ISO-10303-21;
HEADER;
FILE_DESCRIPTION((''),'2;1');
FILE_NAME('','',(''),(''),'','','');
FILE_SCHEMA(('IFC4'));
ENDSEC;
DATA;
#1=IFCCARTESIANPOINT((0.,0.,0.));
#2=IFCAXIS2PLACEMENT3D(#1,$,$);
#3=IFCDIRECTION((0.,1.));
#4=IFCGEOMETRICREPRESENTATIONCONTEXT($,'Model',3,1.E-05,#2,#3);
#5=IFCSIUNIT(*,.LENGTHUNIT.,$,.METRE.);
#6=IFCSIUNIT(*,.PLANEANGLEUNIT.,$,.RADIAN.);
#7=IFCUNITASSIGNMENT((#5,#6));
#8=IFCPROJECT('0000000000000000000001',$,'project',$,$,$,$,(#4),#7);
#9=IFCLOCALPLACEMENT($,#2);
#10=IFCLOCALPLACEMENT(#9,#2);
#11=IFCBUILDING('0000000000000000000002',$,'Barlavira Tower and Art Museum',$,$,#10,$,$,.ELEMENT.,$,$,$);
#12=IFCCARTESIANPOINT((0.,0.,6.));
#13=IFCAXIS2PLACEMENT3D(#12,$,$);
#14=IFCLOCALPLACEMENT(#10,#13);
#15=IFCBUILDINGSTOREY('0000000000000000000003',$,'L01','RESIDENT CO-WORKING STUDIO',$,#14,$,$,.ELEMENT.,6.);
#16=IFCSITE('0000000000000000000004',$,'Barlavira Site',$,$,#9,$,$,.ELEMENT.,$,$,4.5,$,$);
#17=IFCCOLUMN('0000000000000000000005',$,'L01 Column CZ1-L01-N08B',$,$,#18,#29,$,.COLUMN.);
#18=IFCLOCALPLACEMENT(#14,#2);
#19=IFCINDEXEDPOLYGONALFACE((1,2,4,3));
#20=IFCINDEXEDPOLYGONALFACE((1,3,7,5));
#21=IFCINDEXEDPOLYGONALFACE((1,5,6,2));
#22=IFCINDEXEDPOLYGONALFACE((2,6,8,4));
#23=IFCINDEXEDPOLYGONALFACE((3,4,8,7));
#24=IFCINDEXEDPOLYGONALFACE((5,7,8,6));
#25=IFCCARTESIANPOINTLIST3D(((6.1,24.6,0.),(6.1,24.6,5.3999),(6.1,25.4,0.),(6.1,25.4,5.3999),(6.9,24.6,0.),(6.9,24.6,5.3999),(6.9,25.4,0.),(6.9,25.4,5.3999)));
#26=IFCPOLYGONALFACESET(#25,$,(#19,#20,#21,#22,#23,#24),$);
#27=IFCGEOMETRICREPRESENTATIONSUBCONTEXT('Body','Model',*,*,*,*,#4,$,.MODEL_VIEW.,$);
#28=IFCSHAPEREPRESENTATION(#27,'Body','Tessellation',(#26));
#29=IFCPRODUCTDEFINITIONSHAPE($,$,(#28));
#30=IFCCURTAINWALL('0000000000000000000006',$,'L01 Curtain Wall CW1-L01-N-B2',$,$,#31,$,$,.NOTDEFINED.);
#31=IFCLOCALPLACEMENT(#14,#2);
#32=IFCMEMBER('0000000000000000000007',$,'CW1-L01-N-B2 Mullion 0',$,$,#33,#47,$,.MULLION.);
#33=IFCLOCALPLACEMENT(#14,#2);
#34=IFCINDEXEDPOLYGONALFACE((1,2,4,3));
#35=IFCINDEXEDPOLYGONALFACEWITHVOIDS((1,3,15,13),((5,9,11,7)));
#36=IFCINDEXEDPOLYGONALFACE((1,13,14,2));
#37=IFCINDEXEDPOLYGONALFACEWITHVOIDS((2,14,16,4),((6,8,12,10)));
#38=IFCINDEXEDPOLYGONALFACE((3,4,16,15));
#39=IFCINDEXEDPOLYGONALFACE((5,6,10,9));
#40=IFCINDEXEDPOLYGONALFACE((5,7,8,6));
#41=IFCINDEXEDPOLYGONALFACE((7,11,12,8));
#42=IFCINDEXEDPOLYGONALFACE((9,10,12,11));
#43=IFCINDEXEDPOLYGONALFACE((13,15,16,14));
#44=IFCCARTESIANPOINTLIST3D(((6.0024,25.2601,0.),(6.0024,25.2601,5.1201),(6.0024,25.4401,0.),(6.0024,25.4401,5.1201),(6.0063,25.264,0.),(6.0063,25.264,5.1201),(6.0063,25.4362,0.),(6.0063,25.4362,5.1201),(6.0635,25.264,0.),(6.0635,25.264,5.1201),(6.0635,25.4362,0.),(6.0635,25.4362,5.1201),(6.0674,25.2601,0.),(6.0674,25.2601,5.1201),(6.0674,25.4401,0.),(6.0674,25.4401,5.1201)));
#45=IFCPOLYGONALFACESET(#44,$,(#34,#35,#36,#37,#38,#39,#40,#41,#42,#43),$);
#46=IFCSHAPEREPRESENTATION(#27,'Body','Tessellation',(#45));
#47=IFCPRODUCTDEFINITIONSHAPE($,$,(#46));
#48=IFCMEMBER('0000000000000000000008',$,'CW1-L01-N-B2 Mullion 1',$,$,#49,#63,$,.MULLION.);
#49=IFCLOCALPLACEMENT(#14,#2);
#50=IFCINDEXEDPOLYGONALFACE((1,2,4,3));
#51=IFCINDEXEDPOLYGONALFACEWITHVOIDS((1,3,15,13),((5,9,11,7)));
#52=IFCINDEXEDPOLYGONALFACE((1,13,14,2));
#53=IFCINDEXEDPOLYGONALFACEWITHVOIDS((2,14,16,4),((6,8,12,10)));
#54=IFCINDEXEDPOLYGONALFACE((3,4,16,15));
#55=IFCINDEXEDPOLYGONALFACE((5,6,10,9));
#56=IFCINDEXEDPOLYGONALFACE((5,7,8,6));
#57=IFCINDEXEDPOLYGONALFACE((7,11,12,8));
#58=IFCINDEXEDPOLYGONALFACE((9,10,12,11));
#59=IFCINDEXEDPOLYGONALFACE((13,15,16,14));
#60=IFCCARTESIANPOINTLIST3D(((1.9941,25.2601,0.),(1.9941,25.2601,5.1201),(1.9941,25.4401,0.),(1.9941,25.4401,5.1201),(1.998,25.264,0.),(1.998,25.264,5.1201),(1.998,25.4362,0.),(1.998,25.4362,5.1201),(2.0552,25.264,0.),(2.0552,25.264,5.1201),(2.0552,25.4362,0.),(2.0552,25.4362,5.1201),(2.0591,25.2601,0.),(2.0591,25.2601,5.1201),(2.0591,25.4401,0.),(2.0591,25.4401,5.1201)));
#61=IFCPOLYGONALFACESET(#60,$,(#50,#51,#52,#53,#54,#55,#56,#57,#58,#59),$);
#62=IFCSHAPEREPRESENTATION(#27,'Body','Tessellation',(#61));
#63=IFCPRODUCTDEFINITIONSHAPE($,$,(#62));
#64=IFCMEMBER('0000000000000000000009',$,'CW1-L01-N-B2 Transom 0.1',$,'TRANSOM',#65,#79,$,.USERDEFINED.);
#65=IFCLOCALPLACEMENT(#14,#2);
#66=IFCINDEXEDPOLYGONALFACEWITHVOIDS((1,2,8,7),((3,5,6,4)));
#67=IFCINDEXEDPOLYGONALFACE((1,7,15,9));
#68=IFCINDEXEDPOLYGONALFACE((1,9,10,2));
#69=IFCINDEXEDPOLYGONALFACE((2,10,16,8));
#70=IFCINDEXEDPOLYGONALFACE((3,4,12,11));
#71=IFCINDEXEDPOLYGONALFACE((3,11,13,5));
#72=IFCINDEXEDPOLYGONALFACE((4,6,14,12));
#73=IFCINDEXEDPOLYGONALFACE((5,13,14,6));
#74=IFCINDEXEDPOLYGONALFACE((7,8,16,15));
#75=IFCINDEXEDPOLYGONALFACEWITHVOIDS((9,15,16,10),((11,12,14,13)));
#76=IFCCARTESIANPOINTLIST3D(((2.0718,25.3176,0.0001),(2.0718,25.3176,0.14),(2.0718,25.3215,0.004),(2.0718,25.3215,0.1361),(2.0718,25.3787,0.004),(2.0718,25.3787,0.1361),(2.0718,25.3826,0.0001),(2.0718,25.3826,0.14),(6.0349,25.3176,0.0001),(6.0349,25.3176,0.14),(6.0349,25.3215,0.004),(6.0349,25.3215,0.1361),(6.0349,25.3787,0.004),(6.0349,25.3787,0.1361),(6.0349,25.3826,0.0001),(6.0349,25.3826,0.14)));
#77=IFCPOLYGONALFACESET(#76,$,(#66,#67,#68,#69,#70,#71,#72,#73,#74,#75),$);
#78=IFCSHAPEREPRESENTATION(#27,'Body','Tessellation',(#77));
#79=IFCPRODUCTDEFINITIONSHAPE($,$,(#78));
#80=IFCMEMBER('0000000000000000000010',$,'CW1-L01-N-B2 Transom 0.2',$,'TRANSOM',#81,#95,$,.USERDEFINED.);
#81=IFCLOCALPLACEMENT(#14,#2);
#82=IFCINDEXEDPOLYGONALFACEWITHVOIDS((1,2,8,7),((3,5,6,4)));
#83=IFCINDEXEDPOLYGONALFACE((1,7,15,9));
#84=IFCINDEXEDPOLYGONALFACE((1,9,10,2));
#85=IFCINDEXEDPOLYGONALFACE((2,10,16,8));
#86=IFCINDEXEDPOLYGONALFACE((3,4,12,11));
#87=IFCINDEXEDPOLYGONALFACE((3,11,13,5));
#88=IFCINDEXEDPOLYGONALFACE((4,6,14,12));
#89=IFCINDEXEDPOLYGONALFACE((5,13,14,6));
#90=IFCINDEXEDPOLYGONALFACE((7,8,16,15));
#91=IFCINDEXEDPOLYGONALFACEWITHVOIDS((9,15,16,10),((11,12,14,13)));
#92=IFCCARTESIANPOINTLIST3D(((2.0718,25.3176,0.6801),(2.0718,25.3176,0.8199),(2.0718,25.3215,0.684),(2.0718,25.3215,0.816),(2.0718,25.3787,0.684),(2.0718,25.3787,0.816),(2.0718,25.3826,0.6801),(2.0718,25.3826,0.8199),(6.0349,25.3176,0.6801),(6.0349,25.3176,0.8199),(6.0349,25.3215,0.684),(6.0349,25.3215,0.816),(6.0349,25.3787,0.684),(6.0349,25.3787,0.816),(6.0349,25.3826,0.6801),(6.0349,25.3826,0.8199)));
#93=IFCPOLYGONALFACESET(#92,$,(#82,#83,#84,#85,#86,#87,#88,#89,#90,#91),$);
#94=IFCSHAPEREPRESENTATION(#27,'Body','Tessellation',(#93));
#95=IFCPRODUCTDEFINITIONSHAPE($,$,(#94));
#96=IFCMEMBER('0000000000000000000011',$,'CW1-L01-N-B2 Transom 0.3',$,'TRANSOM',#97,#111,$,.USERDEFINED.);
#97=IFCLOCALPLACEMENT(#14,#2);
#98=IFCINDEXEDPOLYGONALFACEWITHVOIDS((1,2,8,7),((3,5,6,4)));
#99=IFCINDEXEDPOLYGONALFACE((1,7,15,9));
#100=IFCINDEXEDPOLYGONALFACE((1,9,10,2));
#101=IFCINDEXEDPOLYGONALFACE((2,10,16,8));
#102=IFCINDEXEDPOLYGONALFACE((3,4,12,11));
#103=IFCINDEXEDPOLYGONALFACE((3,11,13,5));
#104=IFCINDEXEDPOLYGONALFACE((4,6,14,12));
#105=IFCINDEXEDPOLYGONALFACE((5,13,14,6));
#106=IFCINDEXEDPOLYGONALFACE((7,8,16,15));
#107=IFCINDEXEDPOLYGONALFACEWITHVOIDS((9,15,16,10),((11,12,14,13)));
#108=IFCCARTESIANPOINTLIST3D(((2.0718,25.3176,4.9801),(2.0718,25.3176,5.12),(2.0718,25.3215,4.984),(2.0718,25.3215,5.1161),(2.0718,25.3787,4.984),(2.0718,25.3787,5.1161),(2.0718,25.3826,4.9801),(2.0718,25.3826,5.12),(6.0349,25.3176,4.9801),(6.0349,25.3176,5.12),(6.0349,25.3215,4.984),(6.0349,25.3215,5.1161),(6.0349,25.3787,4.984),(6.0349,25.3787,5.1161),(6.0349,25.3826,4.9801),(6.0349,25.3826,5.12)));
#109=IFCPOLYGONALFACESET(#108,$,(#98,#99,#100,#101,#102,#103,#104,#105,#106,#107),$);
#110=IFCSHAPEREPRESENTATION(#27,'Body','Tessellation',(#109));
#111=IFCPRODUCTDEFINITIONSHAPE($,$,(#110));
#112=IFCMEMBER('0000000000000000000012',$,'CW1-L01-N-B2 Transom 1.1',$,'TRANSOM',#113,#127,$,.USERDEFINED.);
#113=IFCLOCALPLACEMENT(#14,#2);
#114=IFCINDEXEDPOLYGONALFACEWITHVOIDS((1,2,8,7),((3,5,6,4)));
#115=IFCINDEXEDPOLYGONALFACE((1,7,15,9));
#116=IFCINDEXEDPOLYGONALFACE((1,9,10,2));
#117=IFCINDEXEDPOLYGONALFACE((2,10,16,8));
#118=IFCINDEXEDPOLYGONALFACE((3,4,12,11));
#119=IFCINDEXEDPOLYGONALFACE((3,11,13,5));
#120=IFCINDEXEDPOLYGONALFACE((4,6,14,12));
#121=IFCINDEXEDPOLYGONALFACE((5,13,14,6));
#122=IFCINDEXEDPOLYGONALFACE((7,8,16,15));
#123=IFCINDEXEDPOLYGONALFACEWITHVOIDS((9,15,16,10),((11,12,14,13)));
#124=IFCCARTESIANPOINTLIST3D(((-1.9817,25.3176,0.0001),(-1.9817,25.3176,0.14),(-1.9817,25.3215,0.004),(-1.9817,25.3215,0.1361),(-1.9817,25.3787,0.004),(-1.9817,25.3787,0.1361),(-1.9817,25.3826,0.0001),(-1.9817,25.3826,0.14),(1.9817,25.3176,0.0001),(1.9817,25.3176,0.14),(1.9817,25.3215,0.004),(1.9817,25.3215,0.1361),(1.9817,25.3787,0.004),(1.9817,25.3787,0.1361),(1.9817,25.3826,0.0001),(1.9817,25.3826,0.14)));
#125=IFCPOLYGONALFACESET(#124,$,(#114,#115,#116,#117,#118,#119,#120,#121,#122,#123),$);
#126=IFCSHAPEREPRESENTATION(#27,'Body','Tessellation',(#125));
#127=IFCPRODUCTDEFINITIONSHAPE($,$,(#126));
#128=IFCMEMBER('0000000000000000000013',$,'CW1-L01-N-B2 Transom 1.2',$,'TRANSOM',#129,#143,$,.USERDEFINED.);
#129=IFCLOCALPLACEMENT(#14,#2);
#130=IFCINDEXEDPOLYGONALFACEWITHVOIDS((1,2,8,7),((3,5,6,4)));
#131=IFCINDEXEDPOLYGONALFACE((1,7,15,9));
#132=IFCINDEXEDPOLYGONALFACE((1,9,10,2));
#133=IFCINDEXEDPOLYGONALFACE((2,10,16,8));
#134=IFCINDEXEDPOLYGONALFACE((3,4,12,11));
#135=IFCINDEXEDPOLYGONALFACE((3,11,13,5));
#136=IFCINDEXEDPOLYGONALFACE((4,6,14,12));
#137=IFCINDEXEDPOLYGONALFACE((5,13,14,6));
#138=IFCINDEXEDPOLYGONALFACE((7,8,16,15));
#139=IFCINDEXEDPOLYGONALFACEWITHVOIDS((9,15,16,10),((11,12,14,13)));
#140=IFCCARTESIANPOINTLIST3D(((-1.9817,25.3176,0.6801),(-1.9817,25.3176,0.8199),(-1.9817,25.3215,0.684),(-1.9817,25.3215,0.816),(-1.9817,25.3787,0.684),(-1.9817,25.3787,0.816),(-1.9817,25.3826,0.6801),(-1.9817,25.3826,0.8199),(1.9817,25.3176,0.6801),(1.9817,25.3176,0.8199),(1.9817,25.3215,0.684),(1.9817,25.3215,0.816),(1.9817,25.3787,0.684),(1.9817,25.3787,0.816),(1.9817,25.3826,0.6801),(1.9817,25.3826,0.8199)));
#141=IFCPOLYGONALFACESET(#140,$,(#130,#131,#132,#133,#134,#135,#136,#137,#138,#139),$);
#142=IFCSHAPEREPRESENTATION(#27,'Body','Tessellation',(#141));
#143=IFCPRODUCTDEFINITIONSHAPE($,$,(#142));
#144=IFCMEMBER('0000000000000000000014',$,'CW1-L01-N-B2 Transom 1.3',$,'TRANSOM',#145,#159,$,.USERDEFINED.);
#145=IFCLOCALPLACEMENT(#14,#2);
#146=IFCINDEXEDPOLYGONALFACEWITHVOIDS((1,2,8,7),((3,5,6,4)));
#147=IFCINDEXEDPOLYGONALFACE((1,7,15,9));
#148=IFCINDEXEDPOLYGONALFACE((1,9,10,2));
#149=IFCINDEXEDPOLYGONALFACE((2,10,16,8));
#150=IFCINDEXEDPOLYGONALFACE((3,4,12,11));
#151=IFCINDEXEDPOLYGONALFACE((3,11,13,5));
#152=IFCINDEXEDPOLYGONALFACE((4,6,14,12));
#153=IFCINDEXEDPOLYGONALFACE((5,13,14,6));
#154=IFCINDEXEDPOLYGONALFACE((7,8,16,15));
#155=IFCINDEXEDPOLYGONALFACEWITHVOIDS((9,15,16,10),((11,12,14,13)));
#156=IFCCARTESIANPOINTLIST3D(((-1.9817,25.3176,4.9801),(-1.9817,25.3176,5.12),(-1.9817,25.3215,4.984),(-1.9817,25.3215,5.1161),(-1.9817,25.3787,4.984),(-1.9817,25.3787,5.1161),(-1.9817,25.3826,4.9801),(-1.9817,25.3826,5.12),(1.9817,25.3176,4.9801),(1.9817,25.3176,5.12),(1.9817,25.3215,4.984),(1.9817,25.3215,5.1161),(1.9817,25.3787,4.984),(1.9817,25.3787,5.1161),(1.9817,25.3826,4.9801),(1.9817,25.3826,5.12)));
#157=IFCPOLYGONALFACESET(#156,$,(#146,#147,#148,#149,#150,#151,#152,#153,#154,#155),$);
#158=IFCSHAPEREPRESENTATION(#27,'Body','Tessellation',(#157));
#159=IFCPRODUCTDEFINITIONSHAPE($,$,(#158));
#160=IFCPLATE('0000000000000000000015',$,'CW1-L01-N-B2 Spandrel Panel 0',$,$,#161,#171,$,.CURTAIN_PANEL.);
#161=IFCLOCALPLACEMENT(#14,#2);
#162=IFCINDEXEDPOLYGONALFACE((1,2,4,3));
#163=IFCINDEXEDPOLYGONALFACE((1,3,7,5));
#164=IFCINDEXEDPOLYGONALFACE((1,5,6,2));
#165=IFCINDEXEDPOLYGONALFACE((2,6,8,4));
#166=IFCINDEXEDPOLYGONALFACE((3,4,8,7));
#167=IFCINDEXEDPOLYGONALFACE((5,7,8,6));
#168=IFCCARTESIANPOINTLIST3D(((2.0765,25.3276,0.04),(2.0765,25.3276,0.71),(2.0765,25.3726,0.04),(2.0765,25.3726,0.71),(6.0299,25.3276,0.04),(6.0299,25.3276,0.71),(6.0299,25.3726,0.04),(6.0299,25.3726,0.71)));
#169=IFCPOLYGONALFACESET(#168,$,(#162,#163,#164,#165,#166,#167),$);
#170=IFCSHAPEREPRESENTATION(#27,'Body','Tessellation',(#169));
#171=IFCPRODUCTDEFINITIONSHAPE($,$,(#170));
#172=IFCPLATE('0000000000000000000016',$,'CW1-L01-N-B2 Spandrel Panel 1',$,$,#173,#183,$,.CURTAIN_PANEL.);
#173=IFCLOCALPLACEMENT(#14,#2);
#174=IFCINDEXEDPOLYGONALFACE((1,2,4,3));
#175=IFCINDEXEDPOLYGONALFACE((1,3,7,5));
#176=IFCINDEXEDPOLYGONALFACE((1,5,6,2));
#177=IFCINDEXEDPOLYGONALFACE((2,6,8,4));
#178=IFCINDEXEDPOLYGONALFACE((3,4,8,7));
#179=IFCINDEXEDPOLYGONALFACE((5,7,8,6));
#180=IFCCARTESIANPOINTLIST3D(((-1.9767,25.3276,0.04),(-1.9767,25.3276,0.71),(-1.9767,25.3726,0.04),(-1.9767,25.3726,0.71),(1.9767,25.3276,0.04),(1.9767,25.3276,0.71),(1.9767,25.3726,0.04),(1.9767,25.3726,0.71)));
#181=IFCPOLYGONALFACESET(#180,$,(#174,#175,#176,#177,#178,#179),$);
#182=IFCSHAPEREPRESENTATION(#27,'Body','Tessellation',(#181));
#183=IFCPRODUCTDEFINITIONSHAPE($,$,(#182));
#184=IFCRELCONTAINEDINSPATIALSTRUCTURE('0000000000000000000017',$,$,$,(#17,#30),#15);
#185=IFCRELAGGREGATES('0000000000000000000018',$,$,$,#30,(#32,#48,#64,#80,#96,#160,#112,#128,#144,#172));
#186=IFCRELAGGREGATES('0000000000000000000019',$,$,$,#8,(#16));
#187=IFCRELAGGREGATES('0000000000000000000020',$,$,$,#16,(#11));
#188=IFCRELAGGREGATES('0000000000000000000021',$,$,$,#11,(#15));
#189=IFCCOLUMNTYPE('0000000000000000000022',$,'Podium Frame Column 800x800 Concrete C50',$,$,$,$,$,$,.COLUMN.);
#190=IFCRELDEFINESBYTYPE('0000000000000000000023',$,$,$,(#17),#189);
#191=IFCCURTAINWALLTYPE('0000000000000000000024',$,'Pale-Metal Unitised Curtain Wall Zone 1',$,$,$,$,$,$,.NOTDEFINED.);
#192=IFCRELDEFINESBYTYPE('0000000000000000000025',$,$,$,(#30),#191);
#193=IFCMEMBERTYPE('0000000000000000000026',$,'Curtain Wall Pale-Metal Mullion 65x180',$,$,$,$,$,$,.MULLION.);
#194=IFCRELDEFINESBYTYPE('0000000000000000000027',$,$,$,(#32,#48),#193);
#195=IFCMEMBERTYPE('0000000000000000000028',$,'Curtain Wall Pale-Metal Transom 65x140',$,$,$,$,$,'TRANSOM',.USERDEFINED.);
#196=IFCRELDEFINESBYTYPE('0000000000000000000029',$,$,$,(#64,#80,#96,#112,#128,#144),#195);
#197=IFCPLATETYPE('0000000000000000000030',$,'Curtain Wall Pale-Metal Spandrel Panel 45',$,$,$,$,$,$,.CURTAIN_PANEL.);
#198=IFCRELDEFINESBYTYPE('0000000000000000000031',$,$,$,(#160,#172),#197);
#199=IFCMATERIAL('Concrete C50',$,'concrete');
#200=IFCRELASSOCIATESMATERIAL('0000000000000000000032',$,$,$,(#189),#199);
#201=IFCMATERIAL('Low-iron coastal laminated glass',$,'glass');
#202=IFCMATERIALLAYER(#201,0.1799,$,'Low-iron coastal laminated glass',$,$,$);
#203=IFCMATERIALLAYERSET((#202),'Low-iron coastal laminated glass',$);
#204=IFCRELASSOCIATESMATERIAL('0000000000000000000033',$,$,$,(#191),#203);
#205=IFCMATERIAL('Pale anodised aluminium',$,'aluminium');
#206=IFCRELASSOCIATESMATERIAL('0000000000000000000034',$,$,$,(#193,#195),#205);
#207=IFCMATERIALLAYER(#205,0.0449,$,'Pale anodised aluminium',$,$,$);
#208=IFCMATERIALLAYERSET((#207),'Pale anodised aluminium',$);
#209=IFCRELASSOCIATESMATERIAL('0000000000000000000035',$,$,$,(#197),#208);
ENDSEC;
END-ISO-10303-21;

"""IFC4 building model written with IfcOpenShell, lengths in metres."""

from ifc_helpers import new_model, si_unit, direction, frame, origin, origin_2d, place, context, subcontext, project, spatial, rectangle, hollow_rectangle, extrude, material, layer, layer_set, material_profile, profile_set, type_object, element, aggregate, save


model = new_model("IFC4")

# Units and contexts
model_context = context("Model", 3, precision=1e-05, world=origin(), true_north=direction((0.0, 1.0)))
body_context = subcontext(model_context, "Body", "Model", "MODEL_VIEW")
ifc_project = project(units=[si_unit("LENGTHUNIT", "METRE"), si_unit("PLANEANGLEUNIT", "RADIAN")], contexts=[model_context])

# Site, building, storey
site_placement = place(None, origin())
site = spatial("IfcSite", under=ifc_project, at=site_placement, Name="Barlavira Site", CompositionType="ELEMENT", RefElevation=4.5)
building_placement = place(site_placement, origin())
building = spatial("IfcBuilding", under=site, at=building_placement, Name="Barlavira Tower and Art Museum", CompositionType="ELEMENT")
storey_placement = place(building_placement, frame((0.0, 0.0, 6.0)))
storey = spatial("IfcBuildingStorey", under=building, at=storey_placement, Name="L01", Description="RESIDENT CO-WORKING STUDIO", CompositionType="ELEMENT", Elevation=6.0)

# Column
ifc_material_1 = material(Name="Concrete C50", Category="concrete")
ifc_material_profile_1 = material_profile(ifc_material_1, rectangle(XDim=0.8, YDim=0.8, at=origin_2d()), Name="RC-COL 800x800")
ifc_profile_set_1 = profile_set([ifc_material_profile_1], Name="Concrete C50")
column_type = type_object("IfcColumnType", Name="Podium Frame Column 800x800 Concrete C50", PredefinedType="COLUMN", material=ifc_profile_set_1)
column_placement = place(storey_placement, frame((6.5, 25.0, 0.0), z_axis=(0.0, 0.0, 1.0), x_axis=(1.0, 0.0, 0.0)))
element("IfcColumn", 1, at=column_placement, inside=storey, type_object=column_type, Name="L01 Column CZ1-L01-N08B", PredefinedType="COLUMN", context=body_context, shape_type="SweptSolid", body=[
    extrude(rectangle(XDim=0.8, YDim=0.8, at=origin_2d()), origin(), (0.0, 0.0, 1.0), 5.3999),
])

# Curtain wall, members, plates
ifc_material_2 = material(Name="Low-iron coastal laminated glass", Category="glass")
ifc_layer_1 = layer(ifc_material_2, 0.1799, Name="Low-iron coastal laminated glass")
ifc_layer_set_1 = layer_set([ifc_layer_1], Name="Low-iron coastal laminated glass")
curtain_wall_type = type_object("IfcCurtainWallType", Name="Pale-Metal Unitised Curtain Wall Zone 1", PredefinedType="NOTDEFINED", material=ifc_layer_set_1)
curtain_wall_placement = place(storey_placement, origin())
curtain_wall = element("IfcCurtainWall", 2, at=curtain_wall_placement, inside=storey, type_object=curtain_wall_type, Name="L01 Curtain Wall CW1-L01-N-B2", PredefinedType="NOTDEFINED")
ifc_material_3 = material(Name="Pale anodised aluminium", Category="aluminium")
ifc_material_profile_2 = material_profile(ifc_material_3, hollow_rectangle(XDim=0.0649, YDim=0.1799, WallThickness=0.0039, at=origin_2d()), Name="ALU-MULL 65x180x4")
ifc_profile_set_2 = profile_set([ifc_material_profile_2], Name="Pale anodised aluminium")
member_type_1 = type_object("IfcMemberType", Name="Curtain Wall Pale-Metal Mullion 65x180", PredefinedType="MULLION", material=ifc_profile_set_2)
member_1_placement = place(storey_placement, frame((6.0349, 25.3501, 0.0), z_axis=(0.0, 0.0, 1.0), x_axis=(-1.0, 0.0, 0.0)))
member_1 = element("IfcMember", 3, at=member_1_placement, type_object=member_type_1, Name="CW1-L01-N-B2 Mullion 0", PredefinedType="MULLION", context=body_context, shape_type="SweptSolid", body=[
    extrude(hollow_rectangle(XDim=0.0649, YDim=0.1799, WallThickness=0.0039, at=origin_2d()), origin(), (0.0, 0.0, 1.0), 5.1201),
])
member_2_placement = place(storey_placement, frame((2.0266, 25.3501, 0.0), z_axis=(0.0, 0.0, 1.0), x_axis=(-1.0, 0.0, 0.0)))
member_2 = element("IfcMember", 4, at=member_2_placement, type_object=member_type_1, Name="CW1-L01-N-B2 Mullion 1", PredefinedType="MULLION", context=body_context, shape_type="SweptSolid", body=[
    extrude(hollow_rectangle(XDim=0.0649, YDim=0.1799, WallThickness=0.0039, at=origin_2d()), origin(), (0.0, 0.0, 1.0), 5.1201),
])
ifc_material_profile_3 = material_profile(ifc_material_3, hollow_rectangle(XDim=0.0649, YDim=0.1399, WallThickness=0.0039, at=origin_2d()), Name="ALU-TRAN 65x140x4")
ifc_profile_set_3 = profile_set([ifc_material_profile_3], Name="Pale anodised aluminium")
member_type_2 = type_object("IfcMemberType", Name="Curtain Wall Pale-Metal Transom 65x140", ElementType="TRANSOM", PredefinedType="USERDEFINED", material=ifc_profile_set_3)
member_3_placement = place(storey_placement, frame((6.0349, 25.3501, 0.0701), z_axis=(-1.0, 0.0, 0.0), x_axis=(0.0, -1.0, 0.0)))
member_3 = element("IfcMember", 5, at=member_3_placement, type_object=member_type_2, Name="CW1-L01-N-B2 Transom 0.1", ObjectType="TRANSOM", PredefinedType="USERDEFINED", context=body_context, shape_type="SweptSolid", body=[
    extrude(hollow_rectangle(XDim=0.0649, YDim=0.1399, WallThickness=0.0039, at=origin_2d()), origin(), (0.0, 0.0, 1.0), 3.9631),
])
member_4_placement = place(storey_placement, frame((6.0349, 25.3501, 0.75), z_axis=(-1.0, 0.0, 0.0), x_axis=(0.0, -1.0, 0.0)))
member_4 = element("IfcMember", 6, at=member_4_placement, type_object=member_type_2, Name="CW1-L01-N-B2 Transom 0.2", ObjectType="TRANSOM", PredefinedType="USERDEFINED", context=body_context, shape_type="SweptSolid", body=[
    extrude(hollow_rectangle(XDim=0.0649, YDim=0.1399, WallThickness=0.0039, at=origin_2d()), origin(), (0.0, 0.0, 1.0), 3.9631),
])
member_5_placement = place(storey_placement, frame((6.0349, 25.3501, 5.05), z_axis=(-1.0, 0.0, 0.0), x_axis=(0.0, -1.0, 0.0)))
member_5 = element("IfcMember", 7, at=member_5_placement, type_object=member_type_2, Name="CW1-L01-N-B2 Transom 0.3", ObjectType="TRANSOM", PredefinedType="USERDEFINED", context=body_context, shape_type="SweptSolid", body=[
    extrude(hollow_rectangle(XDim=0.0649, YDim=0.1399, WallThickness=0.0039, at=origin_2d()), origin(), (0.0, 0.0, 1.0), 3.9631),
])
member_6_placement = place(storey_placement, frame((1.9817, 25.3501, 0.0701), z_axis=(-1.0, 0.0, 0.0), x_axis=(0.0, -1.0, 0.0)))
member_6 = element("IfcMember", 8, at=member_6_placement, type_object=member_type_2, Name="CW1-L01-N-B2 Transom 1.1", ObjectType="TRANSOM", PredefinedType="USERDEFINED", context=body_context, shape_type="SweptSolid", body=[
    extrude(hollow_rectangle(XDim=0.0649, YDim=0.1399, WallThickness=0.0039, at=origin_2d()), origin(), (0.0, 0.0, 1.0), 3.9634),
])
member_7_placement = place(storey_placement, frame((1.9817, 25.3501, 0.75), z_axis=(-1.0, 0.0, 0.0), x_axis=(0.0, -1.0, 0.0)))
member_7 = element("IfcMember", 9, at=member_7_placement, type_object=member_type_2, Name="CW1-L01-N-B2 Transom 1.2", ObjectType="TRANSOM", PredefinedType="USERDEFINED", context=body_context, shape_type="SweptSolid", body=[
    extrude(hollow_rectangle(XDim=0.0649, YDim=0.1399, WallThickness=0.0039, at=origin_2d()), origin(), (0.0, 0.0, 1.0), 3.9634),
])
member_8_placement = place(storey_placement, frame((1.9817, 25.3501, 5.05), z_axis=(-1.0, 0.0, 0.0), x_axis=(0.0, -1.0, 0.0)))
member_8 = element("IfcMember", 10, at=member_8_placement, type_object=member_type_2, Name="CW1-L01-N-B2 Transom 1.3", ObjectType="TRANSOM", PredefinedType="USERDEFINED", context=body_context, shape_type="SweptSolid", body=[
    extrude(hollow_rectangle(XDim=0.0649, YDim=0.1399, WallThickness=0.0039, at=origin_2d()), origin(), (0.0, 0.0, 1.0), 3.9634),
])
ifc_layer_2 = layer(ifc_material_3, 0.0449, Name="Pale anodised aluminium")
ifc_layer_set_2 = layer_set([ifc_layer_2], Name="Pale anodised aluminium")
plate_type_1 = type_object("IfcPlateType", Name="Curtain Wall Pale-Metal Spandrel Panel 45", PredefinedType="CURTAIN_PANEL", material=ifc_layer_set_2)
plate_1_placement = place(storey_placement, frame((4.0532, 25.3501, 0.04), z_axis=(0.0, 0.0, 1.0), x_axis=(-1.0, 0.0, 0.0)))
plate_1 = element("IfcPlate", 11, at=plate_1_placement, type_object=plate_type_1, Name="CW1-L01-N-B2 Spandrel Panel 0", PredefinedType="CURTAIN_PANEL", context=body_context, shape_type="SweptSolid", body=[
    extrude(rectangle(XDim=3.9534, YDim=0.0449, at=origin_2d()), origin(), (0.0, 0.0, 1.0), 0.6699),
])
plate_2_placement = place(storey_placement, frame((0.0, 25.3501, 0.04), z_axis=(0.0, 0.0, 1.0), x_axis=(-1.0, 0.0, 0.0)))
plate_2 = element("IfcPlate", 12, at=plate_2_placement, type_object=plate_type_1, Name="CW1-L01-N-B2 Spandrel Panel 1", PredefinedType="CURTAIN_PANEL", context=body_context, shape_type="SweptSolid", body=[
    extrude(rectangle(XDim=3.9534, YDim=0.0449, at=origin_2d()), origin(), (0.0, 0.0, 1.0), 0.6699),
])
aggregate(curtain_wall, [member_1, member_2, member_3, member_4, member_5, plate_1, member_6, member_7, member_8, plate_2])

save(model, "model.ifc")
